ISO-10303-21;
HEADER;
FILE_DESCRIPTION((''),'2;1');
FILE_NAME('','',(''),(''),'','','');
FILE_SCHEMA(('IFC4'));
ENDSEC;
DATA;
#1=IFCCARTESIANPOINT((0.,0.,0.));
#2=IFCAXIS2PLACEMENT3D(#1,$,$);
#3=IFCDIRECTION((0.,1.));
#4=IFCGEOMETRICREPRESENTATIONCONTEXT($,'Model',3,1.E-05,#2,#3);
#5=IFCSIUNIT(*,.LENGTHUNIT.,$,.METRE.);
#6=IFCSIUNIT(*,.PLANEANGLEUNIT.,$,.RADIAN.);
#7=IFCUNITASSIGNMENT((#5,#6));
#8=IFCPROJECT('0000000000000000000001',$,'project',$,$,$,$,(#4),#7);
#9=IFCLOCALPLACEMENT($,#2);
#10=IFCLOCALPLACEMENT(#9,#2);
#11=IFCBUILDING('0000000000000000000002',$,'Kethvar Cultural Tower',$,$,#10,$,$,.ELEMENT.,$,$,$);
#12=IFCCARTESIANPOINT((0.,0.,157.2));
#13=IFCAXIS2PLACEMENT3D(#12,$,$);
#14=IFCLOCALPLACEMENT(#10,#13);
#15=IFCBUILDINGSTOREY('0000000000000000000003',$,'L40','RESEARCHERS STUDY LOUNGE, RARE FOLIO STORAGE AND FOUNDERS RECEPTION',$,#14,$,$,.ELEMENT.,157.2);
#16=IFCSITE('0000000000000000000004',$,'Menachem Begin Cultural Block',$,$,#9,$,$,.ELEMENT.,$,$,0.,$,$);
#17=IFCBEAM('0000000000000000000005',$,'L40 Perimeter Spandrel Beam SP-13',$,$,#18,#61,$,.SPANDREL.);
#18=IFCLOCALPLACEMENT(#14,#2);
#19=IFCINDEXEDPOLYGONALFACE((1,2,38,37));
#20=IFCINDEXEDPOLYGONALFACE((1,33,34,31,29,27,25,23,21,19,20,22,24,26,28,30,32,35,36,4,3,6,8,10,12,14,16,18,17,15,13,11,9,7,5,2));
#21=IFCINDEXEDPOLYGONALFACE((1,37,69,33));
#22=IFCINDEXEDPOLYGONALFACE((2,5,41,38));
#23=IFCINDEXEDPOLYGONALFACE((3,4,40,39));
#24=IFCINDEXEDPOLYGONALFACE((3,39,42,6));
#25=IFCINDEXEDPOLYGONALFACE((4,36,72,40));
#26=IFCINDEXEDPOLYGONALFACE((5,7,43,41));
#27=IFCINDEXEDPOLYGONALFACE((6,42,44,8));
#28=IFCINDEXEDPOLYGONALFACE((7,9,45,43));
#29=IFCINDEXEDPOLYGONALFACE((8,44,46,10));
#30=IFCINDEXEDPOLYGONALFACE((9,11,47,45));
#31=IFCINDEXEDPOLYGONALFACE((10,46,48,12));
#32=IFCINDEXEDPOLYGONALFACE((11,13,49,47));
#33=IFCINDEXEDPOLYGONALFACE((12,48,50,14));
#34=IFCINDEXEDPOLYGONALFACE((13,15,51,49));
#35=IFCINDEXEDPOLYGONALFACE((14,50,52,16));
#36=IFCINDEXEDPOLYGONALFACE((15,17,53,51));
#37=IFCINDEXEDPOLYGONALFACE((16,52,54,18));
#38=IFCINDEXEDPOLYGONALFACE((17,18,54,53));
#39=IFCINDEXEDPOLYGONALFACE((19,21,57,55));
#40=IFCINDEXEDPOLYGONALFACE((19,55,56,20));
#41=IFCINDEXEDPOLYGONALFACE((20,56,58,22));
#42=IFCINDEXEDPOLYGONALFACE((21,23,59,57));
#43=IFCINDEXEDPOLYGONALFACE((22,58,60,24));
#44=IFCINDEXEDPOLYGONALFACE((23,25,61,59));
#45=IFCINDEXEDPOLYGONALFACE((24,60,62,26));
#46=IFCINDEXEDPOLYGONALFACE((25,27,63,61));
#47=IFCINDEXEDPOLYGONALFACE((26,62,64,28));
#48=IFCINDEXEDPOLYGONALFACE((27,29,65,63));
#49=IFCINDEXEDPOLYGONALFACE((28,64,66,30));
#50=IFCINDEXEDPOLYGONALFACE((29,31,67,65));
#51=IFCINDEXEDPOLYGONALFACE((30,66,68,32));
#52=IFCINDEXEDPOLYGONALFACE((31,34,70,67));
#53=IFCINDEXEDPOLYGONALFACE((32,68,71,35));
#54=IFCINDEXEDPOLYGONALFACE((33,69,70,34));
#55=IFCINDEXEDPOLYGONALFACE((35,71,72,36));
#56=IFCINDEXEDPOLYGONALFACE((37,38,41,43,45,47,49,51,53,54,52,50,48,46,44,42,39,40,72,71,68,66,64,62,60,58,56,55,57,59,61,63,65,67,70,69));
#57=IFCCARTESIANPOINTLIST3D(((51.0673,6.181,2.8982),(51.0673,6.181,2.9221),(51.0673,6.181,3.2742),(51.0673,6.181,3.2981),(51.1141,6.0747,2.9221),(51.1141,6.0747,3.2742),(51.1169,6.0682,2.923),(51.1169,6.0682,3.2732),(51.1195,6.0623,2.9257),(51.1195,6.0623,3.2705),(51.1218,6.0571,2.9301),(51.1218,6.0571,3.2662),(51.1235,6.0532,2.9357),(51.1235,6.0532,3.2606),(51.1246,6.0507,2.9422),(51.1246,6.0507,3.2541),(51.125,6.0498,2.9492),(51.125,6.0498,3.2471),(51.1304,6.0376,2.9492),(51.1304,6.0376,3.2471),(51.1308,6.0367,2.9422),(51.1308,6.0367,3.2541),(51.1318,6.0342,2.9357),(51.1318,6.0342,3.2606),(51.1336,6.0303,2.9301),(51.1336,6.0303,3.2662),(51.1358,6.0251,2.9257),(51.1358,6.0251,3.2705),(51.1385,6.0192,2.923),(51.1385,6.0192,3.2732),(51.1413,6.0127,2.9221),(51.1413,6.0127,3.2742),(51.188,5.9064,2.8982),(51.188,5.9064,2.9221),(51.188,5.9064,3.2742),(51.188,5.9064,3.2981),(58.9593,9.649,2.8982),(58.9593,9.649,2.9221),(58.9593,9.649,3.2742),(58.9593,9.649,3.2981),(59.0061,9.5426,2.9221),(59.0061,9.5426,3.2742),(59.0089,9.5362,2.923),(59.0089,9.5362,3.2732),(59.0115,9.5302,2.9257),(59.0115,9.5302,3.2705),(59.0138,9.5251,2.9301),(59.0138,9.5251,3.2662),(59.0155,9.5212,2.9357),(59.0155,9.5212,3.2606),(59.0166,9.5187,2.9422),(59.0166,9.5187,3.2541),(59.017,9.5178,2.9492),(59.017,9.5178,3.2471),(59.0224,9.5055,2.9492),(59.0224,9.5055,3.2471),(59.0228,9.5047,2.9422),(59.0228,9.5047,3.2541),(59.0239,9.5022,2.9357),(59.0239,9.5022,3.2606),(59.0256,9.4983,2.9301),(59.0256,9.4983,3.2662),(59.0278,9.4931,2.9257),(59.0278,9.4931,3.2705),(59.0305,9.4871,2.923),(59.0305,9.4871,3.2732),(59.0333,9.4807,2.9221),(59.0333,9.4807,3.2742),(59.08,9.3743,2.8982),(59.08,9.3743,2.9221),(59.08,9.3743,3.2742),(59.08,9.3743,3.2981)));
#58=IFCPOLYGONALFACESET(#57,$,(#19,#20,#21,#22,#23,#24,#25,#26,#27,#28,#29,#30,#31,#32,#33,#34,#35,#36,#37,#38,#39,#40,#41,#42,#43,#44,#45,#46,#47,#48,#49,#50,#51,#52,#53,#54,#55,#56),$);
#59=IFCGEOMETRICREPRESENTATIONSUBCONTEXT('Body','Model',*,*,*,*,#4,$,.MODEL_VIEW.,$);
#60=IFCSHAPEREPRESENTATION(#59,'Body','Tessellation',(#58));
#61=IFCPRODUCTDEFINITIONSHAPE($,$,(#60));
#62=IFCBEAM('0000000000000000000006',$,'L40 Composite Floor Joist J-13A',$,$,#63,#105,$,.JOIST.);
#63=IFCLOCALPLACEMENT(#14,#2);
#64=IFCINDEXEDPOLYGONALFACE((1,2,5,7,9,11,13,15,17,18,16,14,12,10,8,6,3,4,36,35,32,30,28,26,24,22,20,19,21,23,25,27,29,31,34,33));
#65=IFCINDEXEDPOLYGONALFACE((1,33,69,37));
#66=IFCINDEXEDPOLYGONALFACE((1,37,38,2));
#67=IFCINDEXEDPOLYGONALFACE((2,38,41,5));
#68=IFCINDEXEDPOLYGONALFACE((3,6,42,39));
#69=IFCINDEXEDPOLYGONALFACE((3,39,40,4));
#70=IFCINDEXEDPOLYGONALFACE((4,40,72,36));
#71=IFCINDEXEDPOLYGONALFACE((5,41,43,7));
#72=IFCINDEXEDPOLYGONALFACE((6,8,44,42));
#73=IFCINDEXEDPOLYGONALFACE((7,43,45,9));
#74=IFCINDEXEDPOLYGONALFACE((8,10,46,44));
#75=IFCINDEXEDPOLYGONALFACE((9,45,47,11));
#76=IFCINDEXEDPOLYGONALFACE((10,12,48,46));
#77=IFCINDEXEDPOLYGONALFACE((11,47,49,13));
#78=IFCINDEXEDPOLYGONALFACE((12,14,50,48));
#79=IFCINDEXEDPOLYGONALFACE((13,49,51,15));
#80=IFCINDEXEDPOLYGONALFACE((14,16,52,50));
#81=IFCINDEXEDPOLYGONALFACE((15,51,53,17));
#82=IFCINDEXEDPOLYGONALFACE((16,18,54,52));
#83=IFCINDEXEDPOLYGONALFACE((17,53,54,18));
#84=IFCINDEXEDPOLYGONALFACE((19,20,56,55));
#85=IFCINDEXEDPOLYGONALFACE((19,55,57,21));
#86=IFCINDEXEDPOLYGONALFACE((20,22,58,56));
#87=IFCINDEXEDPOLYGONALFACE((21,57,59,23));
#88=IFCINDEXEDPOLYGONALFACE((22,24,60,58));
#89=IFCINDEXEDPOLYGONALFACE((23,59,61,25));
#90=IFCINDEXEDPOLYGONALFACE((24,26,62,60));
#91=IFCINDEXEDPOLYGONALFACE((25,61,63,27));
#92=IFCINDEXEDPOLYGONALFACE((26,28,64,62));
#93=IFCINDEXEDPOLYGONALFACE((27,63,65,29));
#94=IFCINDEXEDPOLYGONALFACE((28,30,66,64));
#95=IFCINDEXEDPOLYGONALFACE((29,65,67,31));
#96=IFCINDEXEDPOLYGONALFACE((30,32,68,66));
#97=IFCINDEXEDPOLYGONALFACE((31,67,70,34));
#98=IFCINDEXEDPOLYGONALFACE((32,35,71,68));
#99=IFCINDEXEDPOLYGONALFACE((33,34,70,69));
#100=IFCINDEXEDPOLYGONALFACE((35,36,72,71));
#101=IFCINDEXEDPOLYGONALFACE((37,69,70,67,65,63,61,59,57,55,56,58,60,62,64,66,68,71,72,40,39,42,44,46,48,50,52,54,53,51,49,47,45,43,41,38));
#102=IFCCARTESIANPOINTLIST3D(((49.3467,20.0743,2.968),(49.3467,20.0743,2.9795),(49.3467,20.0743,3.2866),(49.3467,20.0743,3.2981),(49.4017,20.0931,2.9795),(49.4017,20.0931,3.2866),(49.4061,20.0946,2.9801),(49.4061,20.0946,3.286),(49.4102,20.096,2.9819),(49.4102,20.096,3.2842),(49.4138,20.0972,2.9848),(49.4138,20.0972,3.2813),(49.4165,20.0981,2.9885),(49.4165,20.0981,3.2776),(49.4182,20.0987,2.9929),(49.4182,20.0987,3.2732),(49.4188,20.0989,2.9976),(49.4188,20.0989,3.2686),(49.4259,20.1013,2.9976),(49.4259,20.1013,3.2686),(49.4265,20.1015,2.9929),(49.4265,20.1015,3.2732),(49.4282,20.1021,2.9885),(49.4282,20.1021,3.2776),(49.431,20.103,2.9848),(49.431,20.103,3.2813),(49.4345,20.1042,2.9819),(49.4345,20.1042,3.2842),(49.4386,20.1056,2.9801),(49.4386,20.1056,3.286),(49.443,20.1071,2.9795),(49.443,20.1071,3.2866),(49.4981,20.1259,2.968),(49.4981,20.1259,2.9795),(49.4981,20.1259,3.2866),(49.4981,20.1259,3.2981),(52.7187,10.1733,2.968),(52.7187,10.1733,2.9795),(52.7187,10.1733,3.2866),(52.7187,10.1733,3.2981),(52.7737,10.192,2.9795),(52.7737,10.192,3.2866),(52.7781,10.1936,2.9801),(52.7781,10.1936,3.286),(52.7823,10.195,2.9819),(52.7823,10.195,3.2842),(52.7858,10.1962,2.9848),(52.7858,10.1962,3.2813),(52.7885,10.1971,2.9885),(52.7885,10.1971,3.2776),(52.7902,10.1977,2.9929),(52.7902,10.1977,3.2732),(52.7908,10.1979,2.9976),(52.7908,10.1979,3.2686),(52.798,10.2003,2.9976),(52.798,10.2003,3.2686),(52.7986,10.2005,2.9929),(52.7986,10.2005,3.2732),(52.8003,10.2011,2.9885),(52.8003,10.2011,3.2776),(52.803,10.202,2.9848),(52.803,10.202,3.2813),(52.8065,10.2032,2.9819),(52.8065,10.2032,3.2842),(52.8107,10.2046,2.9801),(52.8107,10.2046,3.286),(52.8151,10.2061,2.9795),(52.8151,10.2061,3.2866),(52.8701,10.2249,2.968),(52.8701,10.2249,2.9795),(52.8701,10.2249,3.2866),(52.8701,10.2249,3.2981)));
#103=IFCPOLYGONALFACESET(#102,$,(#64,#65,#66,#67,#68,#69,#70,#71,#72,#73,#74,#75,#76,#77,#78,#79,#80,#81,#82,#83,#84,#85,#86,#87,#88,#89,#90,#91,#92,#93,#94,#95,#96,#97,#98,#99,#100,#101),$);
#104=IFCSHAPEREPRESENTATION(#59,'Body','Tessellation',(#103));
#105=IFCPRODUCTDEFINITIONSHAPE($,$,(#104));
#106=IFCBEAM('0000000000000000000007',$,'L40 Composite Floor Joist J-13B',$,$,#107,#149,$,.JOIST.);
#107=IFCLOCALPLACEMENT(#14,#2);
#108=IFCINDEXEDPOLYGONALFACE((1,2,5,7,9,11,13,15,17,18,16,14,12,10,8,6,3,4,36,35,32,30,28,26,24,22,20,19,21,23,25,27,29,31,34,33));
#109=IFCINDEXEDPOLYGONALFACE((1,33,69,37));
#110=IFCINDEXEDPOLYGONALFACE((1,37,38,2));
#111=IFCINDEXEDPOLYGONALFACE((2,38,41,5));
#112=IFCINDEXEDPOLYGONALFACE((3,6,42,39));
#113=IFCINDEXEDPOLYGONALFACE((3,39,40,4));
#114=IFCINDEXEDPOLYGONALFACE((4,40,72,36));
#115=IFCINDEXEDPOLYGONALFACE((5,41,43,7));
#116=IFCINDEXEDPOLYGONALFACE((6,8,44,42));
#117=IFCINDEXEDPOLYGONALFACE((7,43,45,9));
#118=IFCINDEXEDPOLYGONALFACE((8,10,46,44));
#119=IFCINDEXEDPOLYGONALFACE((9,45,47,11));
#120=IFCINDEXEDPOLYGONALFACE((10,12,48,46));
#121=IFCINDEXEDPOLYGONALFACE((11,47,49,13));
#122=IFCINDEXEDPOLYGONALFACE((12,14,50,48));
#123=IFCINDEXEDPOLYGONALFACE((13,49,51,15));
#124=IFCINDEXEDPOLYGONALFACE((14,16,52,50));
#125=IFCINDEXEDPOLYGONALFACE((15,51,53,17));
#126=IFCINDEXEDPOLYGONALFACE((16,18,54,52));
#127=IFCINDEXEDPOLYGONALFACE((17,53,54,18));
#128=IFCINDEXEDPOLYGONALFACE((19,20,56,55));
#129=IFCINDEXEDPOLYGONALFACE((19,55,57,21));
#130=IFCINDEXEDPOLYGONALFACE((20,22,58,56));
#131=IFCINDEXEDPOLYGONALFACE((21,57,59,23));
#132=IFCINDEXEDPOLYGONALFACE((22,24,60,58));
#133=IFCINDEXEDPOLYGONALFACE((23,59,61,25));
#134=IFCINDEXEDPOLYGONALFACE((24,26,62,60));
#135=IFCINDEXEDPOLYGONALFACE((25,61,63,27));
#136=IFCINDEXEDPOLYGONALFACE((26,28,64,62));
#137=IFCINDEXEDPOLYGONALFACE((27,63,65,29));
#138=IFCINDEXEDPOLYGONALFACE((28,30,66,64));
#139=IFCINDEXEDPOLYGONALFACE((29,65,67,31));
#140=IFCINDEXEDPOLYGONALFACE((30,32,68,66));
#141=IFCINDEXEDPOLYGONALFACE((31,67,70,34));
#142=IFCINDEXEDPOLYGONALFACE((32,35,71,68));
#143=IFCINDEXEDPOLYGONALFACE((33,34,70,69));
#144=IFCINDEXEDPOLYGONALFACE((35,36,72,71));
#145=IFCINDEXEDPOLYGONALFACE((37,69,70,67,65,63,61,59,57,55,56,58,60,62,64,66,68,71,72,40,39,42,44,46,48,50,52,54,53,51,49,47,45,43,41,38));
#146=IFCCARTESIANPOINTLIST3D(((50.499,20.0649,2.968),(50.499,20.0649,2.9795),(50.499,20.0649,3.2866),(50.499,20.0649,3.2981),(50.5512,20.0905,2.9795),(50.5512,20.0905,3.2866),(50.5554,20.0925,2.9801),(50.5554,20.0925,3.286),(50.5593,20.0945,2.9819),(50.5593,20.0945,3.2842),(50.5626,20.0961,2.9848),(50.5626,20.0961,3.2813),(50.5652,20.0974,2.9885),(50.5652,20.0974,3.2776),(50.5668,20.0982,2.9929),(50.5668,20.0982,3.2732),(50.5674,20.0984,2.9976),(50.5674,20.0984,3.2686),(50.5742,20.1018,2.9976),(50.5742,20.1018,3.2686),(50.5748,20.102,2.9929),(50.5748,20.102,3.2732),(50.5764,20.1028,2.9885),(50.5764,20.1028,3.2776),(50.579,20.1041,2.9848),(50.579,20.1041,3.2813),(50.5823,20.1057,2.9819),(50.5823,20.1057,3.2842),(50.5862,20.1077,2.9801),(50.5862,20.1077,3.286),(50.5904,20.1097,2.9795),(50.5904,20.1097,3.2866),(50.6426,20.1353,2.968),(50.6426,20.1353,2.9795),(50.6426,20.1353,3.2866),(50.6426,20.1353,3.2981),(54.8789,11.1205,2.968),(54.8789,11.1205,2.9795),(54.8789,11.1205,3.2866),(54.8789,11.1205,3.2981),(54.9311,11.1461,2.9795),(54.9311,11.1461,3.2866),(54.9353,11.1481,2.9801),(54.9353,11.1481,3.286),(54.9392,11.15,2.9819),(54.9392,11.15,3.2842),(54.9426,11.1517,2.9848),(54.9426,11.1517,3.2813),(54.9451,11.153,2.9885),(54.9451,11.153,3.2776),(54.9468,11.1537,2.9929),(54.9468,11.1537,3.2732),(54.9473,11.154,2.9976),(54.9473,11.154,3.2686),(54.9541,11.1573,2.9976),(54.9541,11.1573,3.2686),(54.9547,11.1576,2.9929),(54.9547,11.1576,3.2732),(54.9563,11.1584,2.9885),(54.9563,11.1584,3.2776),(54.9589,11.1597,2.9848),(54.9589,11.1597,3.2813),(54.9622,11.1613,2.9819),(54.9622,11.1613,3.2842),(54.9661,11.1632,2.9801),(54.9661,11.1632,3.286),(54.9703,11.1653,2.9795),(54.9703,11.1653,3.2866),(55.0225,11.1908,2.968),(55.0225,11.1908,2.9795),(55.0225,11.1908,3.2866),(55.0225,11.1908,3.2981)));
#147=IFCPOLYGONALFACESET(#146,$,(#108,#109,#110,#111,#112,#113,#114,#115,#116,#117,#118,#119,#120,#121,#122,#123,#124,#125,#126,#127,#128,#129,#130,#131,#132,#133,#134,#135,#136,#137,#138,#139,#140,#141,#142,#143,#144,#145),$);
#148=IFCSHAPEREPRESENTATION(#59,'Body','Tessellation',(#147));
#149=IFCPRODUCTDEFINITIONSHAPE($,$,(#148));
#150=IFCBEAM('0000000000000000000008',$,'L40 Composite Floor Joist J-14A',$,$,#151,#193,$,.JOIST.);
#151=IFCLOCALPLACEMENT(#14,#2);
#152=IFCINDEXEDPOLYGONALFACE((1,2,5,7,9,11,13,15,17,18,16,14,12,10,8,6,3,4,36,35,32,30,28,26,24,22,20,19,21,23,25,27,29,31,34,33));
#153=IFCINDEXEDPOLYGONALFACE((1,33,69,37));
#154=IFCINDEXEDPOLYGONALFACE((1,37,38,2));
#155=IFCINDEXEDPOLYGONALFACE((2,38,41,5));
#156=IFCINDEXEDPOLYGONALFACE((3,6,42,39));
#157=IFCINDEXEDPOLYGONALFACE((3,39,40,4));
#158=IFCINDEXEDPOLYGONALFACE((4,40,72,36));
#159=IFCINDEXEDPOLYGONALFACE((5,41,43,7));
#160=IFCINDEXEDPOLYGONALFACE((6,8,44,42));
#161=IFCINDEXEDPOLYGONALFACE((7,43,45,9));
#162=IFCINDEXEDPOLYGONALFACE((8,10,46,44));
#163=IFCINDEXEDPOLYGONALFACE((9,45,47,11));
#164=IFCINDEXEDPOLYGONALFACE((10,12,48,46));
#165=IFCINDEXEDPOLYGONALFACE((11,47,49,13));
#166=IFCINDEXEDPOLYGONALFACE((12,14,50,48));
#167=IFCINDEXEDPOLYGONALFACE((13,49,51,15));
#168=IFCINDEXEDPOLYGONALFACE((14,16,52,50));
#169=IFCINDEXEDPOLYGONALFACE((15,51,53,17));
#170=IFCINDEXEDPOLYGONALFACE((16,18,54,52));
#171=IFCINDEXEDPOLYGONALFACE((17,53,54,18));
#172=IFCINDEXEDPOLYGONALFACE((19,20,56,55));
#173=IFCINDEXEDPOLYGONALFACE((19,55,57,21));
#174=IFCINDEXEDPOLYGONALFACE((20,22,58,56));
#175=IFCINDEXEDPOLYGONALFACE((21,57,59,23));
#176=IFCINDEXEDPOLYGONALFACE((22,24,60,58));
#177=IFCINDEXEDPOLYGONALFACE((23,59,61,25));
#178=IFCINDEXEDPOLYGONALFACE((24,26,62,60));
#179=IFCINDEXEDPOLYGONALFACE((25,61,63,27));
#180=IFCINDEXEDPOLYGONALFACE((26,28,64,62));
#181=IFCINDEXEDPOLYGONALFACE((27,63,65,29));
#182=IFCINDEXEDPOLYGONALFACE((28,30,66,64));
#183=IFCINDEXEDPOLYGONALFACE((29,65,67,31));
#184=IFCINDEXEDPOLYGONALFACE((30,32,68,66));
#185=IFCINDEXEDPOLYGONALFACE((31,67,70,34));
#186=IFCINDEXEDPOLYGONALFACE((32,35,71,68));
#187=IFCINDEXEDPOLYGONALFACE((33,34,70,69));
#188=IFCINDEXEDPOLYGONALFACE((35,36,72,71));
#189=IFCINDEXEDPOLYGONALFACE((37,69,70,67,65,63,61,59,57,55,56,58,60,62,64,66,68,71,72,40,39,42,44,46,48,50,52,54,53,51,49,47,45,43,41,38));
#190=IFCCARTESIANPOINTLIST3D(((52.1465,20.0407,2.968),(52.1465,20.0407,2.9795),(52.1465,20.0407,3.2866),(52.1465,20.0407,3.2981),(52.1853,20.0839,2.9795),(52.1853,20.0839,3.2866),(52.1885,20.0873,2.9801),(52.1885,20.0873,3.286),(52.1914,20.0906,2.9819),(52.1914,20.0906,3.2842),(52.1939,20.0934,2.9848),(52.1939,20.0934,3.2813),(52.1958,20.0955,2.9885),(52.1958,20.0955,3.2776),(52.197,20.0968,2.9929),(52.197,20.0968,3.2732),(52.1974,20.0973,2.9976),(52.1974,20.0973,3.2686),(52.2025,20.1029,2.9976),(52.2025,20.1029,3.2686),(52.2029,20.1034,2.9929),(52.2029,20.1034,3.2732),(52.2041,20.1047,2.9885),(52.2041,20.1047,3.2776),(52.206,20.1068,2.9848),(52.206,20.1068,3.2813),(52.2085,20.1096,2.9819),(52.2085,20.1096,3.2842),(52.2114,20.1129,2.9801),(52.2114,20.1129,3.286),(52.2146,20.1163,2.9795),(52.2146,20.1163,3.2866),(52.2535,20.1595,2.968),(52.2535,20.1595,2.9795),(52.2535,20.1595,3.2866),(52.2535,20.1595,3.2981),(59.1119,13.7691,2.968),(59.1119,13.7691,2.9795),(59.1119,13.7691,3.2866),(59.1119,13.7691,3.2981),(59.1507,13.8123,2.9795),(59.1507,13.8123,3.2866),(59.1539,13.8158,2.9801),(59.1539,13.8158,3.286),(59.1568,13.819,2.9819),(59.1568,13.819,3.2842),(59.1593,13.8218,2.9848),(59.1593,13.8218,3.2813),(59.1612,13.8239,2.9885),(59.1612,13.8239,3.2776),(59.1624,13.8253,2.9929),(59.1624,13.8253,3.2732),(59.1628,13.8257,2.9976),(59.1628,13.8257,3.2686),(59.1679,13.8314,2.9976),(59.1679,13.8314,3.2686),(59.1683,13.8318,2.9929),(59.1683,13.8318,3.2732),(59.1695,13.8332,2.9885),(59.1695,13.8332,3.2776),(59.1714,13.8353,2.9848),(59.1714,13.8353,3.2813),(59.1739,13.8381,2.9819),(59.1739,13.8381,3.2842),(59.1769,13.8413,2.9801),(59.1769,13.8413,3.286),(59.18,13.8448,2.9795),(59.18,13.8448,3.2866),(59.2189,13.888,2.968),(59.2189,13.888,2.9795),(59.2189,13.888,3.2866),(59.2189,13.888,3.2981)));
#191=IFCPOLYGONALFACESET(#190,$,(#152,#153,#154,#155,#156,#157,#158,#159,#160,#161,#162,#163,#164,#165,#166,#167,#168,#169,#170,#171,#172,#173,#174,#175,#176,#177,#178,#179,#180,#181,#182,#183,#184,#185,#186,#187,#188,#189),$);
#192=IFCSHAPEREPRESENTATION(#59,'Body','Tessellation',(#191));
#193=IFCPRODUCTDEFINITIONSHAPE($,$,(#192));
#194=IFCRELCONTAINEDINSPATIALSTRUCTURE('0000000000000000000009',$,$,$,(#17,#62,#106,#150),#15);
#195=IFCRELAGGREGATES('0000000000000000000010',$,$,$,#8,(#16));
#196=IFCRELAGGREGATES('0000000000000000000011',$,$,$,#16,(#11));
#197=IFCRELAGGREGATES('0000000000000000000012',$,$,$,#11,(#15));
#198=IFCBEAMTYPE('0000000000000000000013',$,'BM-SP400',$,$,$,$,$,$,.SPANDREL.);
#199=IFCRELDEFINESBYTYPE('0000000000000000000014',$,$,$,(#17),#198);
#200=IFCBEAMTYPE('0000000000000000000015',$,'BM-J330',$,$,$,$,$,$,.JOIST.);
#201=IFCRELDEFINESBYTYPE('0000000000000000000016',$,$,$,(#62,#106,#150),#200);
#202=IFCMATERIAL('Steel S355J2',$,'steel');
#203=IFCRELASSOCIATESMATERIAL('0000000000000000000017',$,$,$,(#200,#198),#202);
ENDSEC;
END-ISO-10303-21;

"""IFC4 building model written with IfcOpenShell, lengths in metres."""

from ifc_helpers import new_model, si_unit, direction, frame, origin, origin_2d, place, context, subcontext, project, spatial, i_section, extrude, source, transform, mapped, material, material_profile, profile_set, type_object, element, save


model = new_model("IFC4")

# Units and contexts
model_context = context("Model", 3, precision=1e-05, world=origin(), true_north=direction((0.0, 1.0)))
body_context = subcontext(model_context, "Body", "Model", "MODEL_VIEW")
ifc_project = project(units=[si_unit("LENGTHUNIT", "METRE"), si_unit("PLANEANGLEUNIT", "RADIAN")], contexts=[model_context])

# Site, building, storey
site_placement = place(None, origin())
site = spatial("IfcSite", under=ifc_project, at=site_placement, Name="Menachem Begin Cultural Block", CompositionType="ELEMENT", RefElevation=0.0)
building_placement = place(site_placement, origin())
building = spatial("IfcBuilding", under=site, at=building_placement, Name="Kethvar Cultural Tower", CompositionType="ELEMENT")
storey_placement = place(building_placement, frame((0.0, 0.0, 157.2)))
storey = spatial("IfcBuildingStorey", under=building, at=storey_placement, Name="L40", Description="RESEARCHERS STUDY LOUNGE, RARE FOLIO STORAGE AND FOUNDERS RECEPTION", CompositionType="ELEMENT", Elevation=157.2)

# Beams
ifc_material_1 = material(Name="Steel S355J2", Category="steel")
ifc_material_profile_1 = material_profile(ifc_material_1, i_section(OverallWidth=0.1599, OverallDepth=0.3301, WebThickness=0.0076, FlangeThickness=0.0115, FilletRadius=0.0181, at=origin_2d()), Name="Steel S355J2 — IPE330")
ifc_profile_set_1 = profile_set([ifc_material_profile_1], Name="Steel S355J2 — IPE330")
beam_type_1 = type_object("IfcBeamType", Name="BM-J330", PredefinedType="JOIST", material=ifc_profile_set_1)
ifc_material_profile_2 = material_profile(ifc_material_1, i_section(OverallWidth=0.3, OverallDepth=0.3999, WebThickness=0.0134, FlangeThickness=0.0239, FilletRadius=0.0271, at=origin_2d()), Name="Steel S355J2 — HEB400")
ifc_profile_set_2 = profile_set([ifc_material_profile_2], Name="Steel S355J2 — HEB400")
beam_type_2 = type_object("IfcBeamType", Name="BM-SP400", PredefinedType="SPANDREL", material=ifc_profile_set_2)
shared_shape_1 = source(origin(), body_context, "Body", "SweptSolid", [
    extrude(i_section(OverallWidth=0.3, OverallDepth=0.3999, WebThickness=0.0134, FlangeThickness=0.0239, FilletRadius=0.0271, at=origin_2d()), origin(), (0.0, 0.0, 1.0), 8.6204),
])
beam_1_placement = place(storey_placement, frame((51.1277, 6.0437, 3.0981), z_axis=(0.915507, 0.402301, 0.0), x_axis=(-0.402301, 0.915507, 0.0)))
element("IfcBeam", 1, at=beam_1_placement, inside=storey, type_object=beam_type_2, Name="L40 Perimeter Spandrel Beam SP-13", PredefinedType="SPANDREL", context=body_context, shape_type="MappedRepresentation", body=[
    mapped(shared_shape_1, transform((0.0, 0.0, 0.0), scale=1.0)),
])
shared_shape_2 = source(origin(), body_context, "Body", "SweptSolid", [
    extrude(i_section(OverallWidth=0.1599, OverallDepth=0.3301, WebThickness=0.0076, FlangeThickness=0.0115, FilletRadius=0.0181, at=origin_2d()), origin(), (0.0, 0.0, 1.0), 10.4595),
])
beam_2_placement = place(storey_placement, frame((49.4224, 20.1001, 3.1331), z_axis=(0.32239, -0.946607, 0.0), x_axis=(0.946607, 0.32239, 0.0)))
element("IfcBeam", 2, at=beam_2_placement, inside=storey, type_object=beam_type_1, Name="L40 Composite Floor Joist J-13A", PredefinedType="JOIST", context=body_context, shape_type="MappedRepresentation", body=[
    mapped(shared_shape_2, transform((0.0, 0.0, 0.0), scale=1.0)),
])
shared_shape_3 = source(origin(), body_context, "Body", "SweptSolid", [
    extrude(i_section(OverallWidth=0.1599, OverallDepth=0.3301, WebThickness=0.0076, FlangeThickness=0.0115, FilletRadius=0.0181, at=origin_2d()), origin(), (0.0, 0.0, 1.0), 9.9592),
])
beam_3_placement = place(storey_placement, frame((50.5708, 20.1001, 3.1331), z_axis=(0.439785, -0.898103, 0.0), x_axis=(0.898103, 0.439785, 0.0)))
element("IfcBeam", 3, at=beam_3_placement, inside=storey, type_object=beam_type_1, Name="L40 Composite Floor Joist J-13B", PredefinedType="JOIST", context=body_context, shape_type="MappedRepresentation", body=[
    mapped(shared_shape_3, transform((0.0, 0.0, 0.0), scale=1.0)),
])
shared_shape_4 = source(origin(), body_context, "Body", "SweptSolid", [
    extrude(i_section(OverallWidth=0.1599, OverallDepth=0.3301, WebThickness=0.0076, FlangeThickness=0.0115, FilletRadius=0.0181, at=origin_2d()), origin(), (0.0, 0.0, 1.0), 9.3728),
])
beam_4_placement = place(storey_placement, frame((52.2, 20.1001, 3.1331), z_axis=(0.743152, -0.669123, 0.0), x_axis=(0.669123, 0.743152, 0.0)))
element("IfcBeam", 4, at=beam_4_placement, inside=storey, type_object=beam_type_1, Name="L40 Composite Floor Joist J-14A", PredefinedType="JOIST", context=body_context, shape_type="MappedRepresentation", body=[
    mapped(shared_shape_4, transform((0.0, 0.0, 0.0), scale=1.0)),
])

save(model, "model.ifc")
